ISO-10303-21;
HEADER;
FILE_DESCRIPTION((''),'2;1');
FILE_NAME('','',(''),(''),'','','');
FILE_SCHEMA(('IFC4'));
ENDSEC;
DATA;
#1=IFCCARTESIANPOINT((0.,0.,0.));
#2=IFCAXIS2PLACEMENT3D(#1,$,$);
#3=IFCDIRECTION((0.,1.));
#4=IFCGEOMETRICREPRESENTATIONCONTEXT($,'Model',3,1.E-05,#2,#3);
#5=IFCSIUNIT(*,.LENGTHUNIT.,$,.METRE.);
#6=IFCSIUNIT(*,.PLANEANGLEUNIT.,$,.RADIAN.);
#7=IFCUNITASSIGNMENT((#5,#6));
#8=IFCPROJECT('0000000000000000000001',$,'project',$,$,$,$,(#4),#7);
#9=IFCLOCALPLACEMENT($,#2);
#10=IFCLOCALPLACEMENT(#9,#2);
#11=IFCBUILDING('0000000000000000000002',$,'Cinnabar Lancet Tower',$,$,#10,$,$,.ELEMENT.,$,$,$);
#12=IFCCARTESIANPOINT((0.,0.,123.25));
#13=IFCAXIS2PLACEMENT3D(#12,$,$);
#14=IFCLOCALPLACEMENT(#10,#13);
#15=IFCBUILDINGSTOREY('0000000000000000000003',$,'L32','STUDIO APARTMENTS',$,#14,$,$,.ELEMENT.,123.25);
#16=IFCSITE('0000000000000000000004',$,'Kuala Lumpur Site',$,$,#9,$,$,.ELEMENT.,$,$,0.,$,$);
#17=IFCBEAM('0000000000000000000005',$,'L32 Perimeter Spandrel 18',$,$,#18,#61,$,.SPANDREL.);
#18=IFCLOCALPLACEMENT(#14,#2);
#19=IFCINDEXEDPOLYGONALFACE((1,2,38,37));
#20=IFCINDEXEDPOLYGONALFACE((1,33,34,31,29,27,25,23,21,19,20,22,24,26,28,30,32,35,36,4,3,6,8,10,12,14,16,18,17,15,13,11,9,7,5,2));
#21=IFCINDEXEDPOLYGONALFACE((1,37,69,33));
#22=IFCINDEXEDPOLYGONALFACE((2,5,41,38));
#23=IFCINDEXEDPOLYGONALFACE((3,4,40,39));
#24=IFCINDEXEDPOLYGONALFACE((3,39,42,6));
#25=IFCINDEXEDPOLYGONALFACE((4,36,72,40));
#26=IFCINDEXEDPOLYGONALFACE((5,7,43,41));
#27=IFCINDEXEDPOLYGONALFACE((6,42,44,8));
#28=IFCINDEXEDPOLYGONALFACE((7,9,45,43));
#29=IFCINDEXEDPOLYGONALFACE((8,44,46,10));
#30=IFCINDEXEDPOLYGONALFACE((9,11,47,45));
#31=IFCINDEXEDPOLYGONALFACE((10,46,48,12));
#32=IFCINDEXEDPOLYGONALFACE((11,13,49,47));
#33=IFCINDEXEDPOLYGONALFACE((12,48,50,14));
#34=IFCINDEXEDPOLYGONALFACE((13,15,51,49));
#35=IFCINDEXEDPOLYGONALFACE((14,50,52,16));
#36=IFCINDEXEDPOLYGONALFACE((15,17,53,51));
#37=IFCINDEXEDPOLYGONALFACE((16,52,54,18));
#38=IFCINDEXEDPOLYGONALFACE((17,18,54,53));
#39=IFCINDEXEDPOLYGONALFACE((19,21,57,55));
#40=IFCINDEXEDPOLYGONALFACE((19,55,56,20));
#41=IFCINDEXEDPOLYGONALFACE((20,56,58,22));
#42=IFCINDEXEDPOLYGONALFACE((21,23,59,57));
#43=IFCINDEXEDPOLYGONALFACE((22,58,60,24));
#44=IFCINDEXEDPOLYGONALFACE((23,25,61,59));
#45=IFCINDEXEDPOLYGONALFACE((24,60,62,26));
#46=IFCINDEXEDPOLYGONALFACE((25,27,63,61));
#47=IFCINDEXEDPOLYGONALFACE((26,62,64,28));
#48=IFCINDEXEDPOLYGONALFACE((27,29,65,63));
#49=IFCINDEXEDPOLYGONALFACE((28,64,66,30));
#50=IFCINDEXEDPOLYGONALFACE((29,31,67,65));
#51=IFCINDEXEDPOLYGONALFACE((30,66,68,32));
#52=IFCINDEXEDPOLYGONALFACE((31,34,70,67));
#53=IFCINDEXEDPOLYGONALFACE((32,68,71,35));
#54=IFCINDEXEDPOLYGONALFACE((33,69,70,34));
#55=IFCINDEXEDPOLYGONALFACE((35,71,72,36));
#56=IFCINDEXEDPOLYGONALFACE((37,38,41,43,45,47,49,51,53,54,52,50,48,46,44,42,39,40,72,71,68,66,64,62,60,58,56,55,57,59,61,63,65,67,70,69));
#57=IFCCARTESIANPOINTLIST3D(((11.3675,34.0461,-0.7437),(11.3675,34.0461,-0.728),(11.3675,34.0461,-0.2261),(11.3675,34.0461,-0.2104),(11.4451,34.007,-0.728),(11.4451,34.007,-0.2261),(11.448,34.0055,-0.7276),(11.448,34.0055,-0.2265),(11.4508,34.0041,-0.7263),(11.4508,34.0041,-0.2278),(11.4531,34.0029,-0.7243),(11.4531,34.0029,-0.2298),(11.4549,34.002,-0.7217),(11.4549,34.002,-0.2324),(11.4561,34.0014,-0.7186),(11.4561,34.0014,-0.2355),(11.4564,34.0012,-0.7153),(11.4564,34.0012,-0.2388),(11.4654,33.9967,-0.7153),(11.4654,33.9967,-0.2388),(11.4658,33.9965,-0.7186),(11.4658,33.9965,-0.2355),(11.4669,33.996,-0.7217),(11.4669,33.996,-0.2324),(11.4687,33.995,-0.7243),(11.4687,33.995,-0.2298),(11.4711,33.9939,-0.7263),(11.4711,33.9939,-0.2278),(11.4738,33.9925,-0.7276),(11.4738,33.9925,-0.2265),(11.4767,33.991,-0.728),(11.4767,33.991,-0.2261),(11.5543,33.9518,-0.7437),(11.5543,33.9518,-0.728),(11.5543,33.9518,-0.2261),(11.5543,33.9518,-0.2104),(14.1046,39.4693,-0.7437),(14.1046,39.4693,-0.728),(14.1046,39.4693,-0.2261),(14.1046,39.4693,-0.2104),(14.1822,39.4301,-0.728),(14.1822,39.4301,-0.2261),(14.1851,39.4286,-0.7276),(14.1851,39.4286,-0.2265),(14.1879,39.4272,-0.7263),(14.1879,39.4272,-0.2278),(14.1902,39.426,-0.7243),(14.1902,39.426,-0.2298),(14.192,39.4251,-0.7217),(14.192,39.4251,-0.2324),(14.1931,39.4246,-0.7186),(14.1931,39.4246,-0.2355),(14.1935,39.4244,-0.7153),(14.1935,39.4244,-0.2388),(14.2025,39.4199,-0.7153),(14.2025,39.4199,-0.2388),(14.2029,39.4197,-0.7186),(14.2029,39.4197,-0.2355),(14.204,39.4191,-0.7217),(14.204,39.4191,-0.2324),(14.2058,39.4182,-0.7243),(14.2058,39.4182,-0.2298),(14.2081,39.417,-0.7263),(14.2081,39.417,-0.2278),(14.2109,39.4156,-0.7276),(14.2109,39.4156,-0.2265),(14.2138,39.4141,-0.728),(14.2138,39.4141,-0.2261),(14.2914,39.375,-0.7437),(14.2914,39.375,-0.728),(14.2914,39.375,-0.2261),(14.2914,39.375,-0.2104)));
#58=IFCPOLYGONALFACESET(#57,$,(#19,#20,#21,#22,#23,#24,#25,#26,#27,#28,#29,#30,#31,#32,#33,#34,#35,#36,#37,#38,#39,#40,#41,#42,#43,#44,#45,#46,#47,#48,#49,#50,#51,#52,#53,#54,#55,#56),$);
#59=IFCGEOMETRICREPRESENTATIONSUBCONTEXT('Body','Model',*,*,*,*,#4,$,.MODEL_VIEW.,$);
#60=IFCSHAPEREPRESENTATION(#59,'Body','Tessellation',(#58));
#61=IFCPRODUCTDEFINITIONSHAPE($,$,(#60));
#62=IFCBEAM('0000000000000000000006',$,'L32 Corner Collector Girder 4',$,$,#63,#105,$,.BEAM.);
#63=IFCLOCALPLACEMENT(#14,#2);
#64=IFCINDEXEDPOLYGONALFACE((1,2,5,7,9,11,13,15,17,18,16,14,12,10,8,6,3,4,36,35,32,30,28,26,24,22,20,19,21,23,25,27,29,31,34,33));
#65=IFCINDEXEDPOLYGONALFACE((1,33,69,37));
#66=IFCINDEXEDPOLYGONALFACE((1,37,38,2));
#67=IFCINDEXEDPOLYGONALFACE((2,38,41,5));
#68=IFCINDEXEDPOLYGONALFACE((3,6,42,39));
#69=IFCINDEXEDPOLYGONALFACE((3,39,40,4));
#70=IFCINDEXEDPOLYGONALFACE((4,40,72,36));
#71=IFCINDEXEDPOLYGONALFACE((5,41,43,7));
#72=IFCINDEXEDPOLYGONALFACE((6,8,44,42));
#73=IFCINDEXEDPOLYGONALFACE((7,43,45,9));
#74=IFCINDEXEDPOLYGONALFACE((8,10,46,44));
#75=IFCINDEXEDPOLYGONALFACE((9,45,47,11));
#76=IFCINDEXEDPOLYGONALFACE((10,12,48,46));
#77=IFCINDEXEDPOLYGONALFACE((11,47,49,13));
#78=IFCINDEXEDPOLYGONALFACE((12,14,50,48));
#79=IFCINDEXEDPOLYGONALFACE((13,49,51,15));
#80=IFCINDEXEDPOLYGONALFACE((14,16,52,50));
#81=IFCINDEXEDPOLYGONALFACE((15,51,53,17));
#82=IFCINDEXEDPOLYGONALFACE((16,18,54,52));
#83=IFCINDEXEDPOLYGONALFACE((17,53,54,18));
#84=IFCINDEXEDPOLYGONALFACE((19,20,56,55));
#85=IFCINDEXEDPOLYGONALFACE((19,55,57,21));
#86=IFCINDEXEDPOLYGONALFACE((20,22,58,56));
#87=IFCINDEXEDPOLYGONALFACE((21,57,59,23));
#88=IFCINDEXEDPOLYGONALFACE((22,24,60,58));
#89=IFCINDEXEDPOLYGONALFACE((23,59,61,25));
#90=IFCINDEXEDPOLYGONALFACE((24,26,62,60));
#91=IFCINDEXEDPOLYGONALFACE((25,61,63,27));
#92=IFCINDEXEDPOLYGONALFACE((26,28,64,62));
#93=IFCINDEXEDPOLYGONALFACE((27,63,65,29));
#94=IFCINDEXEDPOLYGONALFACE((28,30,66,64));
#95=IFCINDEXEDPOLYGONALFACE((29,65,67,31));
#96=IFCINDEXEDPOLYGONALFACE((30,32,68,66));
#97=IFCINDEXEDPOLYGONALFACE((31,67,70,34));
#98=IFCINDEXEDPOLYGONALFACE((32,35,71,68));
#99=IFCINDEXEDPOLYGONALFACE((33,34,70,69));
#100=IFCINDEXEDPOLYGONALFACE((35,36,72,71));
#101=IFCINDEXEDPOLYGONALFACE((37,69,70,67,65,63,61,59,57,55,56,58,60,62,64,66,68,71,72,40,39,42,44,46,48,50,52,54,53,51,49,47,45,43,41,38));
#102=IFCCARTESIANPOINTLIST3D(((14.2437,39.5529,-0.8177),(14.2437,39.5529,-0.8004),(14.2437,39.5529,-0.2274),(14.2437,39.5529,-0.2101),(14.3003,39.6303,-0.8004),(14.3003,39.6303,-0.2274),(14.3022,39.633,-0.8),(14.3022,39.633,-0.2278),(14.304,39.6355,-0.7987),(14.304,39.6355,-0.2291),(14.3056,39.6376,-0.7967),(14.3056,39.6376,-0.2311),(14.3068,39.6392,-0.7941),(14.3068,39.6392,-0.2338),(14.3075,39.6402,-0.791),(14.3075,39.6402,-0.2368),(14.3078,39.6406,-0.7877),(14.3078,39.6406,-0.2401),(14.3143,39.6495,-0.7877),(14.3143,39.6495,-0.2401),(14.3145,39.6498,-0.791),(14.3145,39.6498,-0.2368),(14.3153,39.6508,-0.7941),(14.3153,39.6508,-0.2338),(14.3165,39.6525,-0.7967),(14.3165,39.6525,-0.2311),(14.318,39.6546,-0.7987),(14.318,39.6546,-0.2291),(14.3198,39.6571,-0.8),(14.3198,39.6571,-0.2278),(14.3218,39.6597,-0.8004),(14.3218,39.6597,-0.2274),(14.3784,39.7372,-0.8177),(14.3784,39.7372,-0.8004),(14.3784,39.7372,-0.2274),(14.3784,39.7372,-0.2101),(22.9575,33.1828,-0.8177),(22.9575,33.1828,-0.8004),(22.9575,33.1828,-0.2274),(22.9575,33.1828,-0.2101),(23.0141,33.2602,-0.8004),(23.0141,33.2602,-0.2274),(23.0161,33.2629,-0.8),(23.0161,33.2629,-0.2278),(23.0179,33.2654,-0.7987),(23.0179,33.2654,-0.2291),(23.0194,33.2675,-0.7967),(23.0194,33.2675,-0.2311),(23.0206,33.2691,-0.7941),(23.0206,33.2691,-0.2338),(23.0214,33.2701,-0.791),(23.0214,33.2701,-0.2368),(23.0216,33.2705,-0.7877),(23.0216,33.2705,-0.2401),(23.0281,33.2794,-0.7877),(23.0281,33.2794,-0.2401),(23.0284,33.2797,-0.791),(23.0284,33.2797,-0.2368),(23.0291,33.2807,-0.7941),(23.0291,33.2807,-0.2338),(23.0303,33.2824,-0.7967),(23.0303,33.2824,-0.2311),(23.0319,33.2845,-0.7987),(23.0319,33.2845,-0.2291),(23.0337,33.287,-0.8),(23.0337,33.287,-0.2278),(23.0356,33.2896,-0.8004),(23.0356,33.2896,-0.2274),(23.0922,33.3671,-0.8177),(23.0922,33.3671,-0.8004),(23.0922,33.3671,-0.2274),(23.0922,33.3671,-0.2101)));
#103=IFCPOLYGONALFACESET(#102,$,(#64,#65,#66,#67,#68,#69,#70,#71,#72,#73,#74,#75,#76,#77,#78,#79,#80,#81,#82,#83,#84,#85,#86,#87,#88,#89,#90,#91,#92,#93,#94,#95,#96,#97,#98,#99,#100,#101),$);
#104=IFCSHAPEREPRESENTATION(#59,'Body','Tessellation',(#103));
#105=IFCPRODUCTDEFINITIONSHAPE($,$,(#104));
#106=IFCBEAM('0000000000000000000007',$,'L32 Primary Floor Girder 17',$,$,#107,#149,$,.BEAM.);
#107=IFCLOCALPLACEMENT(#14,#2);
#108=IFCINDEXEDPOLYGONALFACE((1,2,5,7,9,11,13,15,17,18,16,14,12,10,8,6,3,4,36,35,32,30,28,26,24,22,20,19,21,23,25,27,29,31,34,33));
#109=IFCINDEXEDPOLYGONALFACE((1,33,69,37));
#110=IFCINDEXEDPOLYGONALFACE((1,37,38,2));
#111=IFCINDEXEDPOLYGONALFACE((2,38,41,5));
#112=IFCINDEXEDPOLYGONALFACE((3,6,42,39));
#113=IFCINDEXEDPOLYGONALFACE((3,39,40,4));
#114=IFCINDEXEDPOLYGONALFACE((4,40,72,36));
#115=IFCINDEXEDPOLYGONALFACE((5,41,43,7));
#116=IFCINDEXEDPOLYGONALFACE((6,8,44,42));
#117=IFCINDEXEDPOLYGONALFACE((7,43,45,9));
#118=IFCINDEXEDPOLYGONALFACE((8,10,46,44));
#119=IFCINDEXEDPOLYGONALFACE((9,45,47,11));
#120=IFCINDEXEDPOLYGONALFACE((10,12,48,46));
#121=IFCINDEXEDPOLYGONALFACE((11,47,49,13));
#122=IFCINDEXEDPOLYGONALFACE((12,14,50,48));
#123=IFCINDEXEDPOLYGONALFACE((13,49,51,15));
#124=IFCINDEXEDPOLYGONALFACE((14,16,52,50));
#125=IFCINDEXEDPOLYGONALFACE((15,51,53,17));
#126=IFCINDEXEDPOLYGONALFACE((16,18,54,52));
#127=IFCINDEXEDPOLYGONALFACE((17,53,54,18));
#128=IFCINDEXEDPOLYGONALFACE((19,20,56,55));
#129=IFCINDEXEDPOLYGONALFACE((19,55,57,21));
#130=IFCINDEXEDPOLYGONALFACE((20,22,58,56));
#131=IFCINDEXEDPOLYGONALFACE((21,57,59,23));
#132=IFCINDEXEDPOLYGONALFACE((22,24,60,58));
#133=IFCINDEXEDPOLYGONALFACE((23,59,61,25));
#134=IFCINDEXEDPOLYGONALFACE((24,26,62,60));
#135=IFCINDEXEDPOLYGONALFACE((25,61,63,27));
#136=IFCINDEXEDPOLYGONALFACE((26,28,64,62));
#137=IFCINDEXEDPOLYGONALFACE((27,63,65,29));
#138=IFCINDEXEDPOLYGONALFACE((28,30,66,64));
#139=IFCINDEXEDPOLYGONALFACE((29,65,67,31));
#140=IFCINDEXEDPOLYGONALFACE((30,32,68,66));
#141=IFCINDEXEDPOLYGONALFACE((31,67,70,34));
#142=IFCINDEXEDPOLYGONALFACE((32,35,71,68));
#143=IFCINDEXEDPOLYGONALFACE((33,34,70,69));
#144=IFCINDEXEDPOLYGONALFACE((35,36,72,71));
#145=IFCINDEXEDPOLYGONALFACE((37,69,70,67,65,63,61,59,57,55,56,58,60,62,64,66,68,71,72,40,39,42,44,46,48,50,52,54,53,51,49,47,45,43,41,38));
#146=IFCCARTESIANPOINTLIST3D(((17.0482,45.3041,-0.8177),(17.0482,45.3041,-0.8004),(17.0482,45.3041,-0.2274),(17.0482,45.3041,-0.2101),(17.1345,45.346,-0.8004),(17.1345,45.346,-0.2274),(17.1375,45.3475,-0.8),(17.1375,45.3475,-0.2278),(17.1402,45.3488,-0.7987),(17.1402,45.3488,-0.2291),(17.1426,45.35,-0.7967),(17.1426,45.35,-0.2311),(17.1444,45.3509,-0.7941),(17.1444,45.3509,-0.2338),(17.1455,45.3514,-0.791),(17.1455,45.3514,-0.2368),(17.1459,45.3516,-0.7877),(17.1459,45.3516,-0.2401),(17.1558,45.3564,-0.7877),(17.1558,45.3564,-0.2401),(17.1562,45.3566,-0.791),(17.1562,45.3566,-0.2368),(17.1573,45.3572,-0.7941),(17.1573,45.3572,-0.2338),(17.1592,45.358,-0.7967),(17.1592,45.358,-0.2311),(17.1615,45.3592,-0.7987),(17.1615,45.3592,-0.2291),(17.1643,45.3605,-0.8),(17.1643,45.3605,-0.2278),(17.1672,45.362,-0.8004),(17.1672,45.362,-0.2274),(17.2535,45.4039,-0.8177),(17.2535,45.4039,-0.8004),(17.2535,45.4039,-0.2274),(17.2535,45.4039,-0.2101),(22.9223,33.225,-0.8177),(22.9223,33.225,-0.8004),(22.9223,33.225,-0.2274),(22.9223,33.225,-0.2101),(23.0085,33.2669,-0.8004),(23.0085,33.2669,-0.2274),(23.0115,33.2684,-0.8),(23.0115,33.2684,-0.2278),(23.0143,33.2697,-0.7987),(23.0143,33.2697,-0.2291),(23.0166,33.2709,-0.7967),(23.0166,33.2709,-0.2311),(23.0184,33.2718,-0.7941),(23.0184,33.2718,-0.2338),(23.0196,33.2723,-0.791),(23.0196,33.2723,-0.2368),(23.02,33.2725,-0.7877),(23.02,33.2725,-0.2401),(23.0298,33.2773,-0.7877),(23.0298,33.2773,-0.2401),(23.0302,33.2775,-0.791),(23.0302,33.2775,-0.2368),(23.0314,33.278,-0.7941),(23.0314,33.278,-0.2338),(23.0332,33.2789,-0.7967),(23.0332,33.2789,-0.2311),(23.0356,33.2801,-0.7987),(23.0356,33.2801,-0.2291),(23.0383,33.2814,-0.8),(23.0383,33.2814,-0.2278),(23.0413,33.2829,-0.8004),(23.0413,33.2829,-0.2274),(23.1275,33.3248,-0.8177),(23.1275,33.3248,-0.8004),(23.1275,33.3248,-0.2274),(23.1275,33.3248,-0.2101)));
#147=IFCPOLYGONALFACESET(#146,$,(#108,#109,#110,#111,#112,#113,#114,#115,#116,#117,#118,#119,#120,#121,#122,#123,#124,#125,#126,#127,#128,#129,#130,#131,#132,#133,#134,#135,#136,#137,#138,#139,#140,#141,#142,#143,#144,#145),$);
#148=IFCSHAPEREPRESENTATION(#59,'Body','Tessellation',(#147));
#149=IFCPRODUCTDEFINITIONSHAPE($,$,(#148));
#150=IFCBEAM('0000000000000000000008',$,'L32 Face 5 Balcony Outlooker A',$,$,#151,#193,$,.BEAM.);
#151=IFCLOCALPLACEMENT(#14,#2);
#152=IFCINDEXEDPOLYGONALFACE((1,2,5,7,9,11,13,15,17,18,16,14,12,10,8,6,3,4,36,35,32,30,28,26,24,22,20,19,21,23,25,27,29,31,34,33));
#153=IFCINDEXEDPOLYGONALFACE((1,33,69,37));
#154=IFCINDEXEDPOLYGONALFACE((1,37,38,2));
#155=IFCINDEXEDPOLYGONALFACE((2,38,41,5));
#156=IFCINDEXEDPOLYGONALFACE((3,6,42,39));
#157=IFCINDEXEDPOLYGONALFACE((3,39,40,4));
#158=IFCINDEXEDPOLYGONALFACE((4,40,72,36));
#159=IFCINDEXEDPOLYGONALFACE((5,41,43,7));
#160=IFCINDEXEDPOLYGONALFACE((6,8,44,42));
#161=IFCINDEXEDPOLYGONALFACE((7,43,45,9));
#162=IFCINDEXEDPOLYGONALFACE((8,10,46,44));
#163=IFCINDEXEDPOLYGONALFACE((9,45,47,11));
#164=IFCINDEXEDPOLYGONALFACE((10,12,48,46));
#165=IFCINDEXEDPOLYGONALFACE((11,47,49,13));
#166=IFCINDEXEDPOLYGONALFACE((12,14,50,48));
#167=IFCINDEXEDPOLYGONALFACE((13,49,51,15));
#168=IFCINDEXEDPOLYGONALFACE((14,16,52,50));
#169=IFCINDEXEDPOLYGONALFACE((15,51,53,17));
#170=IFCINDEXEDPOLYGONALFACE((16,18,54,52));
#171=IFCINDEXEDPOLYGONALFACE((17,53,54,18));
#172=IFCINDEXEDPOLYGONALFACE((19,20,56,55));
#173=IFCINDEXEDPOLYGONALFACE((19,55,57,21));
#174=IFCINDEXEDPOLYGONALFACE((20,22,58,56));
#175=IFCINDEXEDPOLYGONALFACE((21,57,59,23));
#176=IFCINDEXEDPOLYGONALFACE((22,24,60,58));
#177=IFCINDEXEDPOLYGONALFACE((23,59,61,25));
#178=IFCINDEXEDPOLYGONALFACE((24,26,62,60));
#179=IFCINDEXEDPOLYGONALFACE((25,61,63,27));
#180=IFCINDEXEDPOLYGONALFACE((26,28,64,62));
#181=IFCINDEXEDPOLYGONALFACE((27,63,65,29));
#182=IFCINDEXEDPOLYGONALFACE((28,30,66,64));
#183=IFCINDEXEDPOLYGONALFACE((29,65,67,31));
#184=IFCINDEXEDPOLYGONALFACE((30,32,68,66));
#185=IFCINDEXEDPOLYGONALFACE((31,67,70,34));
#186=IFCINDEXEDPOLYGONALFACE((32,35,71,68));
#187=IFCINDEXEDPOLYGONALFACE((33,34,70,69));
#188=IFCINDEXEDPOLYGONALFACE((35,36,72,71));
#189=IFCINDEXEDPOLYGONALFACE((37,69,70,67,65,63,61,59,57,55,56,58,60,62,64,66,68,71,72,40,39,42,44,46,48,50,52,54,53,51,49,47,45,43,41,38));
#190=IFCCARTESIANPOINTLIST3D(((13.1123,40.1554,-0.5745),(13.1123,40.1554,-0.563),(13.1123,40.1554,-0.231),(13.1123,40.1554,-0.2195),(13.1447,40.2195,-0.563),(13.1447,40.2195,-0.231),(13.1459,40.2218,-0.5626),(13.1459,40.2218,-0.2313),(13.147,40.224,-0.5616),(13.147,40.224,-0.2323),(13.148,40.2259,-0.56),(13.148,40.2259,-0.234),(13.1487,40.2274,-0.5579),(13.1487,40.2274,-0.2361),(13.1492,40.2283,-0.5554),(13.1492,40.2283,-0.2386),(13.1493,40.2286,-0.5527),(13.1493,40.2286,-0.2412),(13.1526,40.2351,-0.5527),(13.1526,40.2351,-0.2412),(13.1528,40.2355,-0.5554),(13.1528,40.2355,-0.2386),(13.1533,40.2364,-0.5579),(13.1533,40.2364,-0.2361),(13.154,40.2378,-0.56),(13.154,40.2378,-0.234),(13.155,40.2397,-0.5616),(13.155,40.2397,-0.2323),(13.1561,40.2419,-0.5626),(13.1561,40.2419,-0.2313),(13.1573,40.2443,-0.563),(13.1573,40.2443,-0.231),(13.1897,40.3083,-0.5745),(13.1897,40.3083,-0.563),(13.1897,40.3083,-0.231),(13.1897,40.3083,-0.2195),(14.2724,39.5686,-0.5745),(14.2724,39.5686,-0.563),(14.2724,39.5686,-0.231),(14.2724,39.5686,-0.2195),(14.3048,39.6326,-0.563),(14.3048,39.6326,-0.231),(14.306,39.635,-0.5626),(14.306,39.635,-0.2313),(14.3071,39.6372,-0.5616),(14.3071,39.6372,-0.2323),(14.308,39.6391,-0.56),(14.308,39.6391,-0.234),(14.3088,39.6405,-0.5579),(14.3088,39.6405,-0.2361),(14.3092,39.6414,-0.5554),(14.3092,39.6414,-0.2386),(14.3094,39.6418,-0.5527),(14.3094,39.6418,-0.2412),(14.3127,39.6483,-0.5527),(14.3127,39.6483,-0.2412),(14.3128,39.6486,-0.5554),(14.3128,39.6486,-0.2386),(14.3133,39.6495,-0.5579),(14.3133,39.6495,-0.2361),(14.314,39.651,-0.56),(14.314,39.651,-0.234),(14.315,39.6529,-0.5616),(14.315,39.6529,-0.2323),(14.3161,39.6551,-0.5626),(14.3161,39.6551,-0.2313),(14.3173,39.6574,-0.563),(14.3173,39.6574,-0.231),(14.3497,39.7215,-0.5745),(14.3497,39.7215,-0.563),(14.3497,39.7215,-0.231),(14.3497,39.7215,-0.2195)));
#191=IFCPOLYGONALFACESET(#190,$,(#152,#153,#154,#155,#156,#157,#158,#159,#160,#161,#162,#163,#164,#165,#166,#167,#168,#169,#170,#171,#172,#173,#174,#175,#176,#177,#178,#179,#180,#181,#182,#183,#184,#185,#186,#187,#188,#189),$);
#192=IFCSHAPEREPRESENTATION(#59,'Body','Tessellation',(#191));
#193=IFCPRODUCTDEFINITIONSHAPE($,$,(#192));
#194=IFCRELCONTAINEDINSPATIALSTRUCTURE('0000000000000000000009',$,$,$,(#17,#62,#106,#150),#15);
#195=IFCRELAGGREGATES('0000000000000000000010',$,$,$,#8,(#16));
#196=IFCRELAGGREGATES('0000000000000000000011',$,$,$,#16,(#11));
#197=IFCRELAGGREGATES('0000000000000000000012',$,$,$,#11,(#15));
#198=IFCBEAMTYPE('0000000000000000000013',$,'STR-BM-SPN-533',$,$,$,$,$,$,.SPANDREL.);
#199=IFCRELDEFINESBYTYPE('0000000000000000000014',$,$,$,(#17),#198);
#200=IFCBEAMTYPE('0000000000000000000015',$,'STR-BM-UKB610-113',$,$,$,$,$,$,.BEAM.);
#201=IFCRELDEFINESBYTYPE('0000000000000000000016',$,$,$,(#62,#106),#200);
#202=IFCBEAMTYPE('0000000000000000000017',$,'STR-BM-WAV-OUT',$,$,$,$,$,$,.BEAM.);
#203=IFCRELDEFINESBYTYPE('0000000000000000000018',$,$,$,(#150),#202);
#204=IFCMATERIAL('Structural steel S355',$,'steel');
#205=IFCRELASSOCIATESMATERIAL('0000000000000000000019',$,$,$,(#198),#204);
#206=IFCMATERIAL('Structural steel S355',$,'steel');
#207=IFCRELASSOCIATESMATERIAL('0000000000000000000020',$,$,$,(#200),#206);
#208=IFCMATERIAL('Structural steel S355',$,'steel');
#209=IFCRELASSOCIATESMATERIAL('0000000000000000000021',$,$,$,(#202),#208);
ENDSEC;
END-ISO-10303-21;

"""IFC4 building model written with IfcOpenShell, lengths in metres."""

from ifc_helpers import new_model, si_unit, direction, frame, origin, origin_2d, place, context, subcontext, project, spatial, i_section, extrude, material, material_profile, profile_set, type_object, element, save


model = new_model("IFC4")

# Units and contexts
model_context = context("Model", 3, precision=1e-05, world=origin(), true_north=direction((0.0, 1.0)))
body_context = subcontext(model_context, "Body", "Model", "MODEL_VIEW")
ifc_project = project(units=[si_unit("LENGTHUNIT", "METRE"), si_unit("PLANEANGLEUNIT", "RADIAN")], contexts=[model_context])

# Site, building, storey
site_placement = place(None, origin())
site = spatial("IfcSite", under=ifc_project, at=site_placement, Name="Kuala Lumpur Site", CompositionType="ELEMENT", RefElevation=0.0)
building_placement = place(site_placement, origin())
building = spatial("IfcBuilding", under=site, at=building_placement, Name="Cinnabar Lancet Tower", CompositionType="ELEMENT")
storey_placement = place(building_placement, frame((0.0, 0.0, 123.25)))
storey = spatial("IfcBuildingStorey", under=building, at=storey_placement, Name="L32", Description="STUDIO APARTMENTS", CompositionType="ELEMENT", Elevation=123.25)

# Beams
ifc_material_1 = material(Name="Structural steel S355", Category="steel")
ifc_material_profile_1 = material_profile(ifc_material_1, i_section(OverallWidth=0.2092, OverallDepth=0.5332, WebThickness=0.01, FlangeThickness=0.0156, FilletRadius=0.0127, at=origin_2d()), Name="UKB 533x210x92")
ifc_profile_set_1 = profile_set([ifc_material_profile_1], Name="Structural steel S355")
beam_type_1 = type_object("IfcBeamType", Name="STR-BM-SPN-533", PredefinedType="SPANDREL", material=ifc_profile_set_1)
beam_1_placement = place(storey_placement, frame((14.198, 39.4221, -0.4771), z_axis=(-0.45057, -0.892741, 0.0), x_axis=(0.892741, -0.45057, 0.0)))
element("IfcBeam", 1, at=beam_1_placement, inside=storey, type_object=beam_type_1, Name="L32 Perimeter Spandrel 18", PredefinedType="SPANDREL", context=body_context, shape_type="SweptSolid", body=[
    extrude(i_section(OverallWidth=0.2092, OverallDepth=0.5332, WebThickness=0.01, FlangeThickness=0.0156, FilletRadius=0.0127, at=origin_2d()), origin(), (0.0, 0.0, 1.0), 6.0747),
])
ifc_material_2 = material(Name="Structural steel S355", Category="steel")
ifc_material_profile_2 = material_profile(ifc_material_2, i_section(OverallWidth=0.2283, OverallDepth=0.6077, WebThickness=0.011, FlangeThickness=0.0173, FilletRadius=0.0127, at=origin_2d()), Name="UKB 610x229x113")
ifc_profile_set_2 = profile_set([ifc_material_profile_2], Name="Structural steel S355")
beam_type_2 = type_object("IfcBeamType", Name="STR-BM-UKB610-113", PredefinedType="BEAM", material=ifc_profile_set_2)
beam_2_placement = place(storey_placement, frame((14.311, 39.645, -0.5139), z_axis=(0.80729, -0.590155, 0.0), x_axis=(0.590155, 0.80729, 0.0)))
element("IfcBeam", 2, at=beam_2_placement, inside=storey, type_object=beam_type_2, Name="L32 Corner Collector Girder 4", PredefinedType="BEAM", context=body_context, shape_type="SweptSolid", body=[
    extrude(i_section(OverallWidth=0.2283, OverallDepth=0.6077, WebThickness=0.011, FlangeThickness=0.0173, FilletRadius=0.0127, at=origin_2d()), origin(), (0.0, 0.0, 1.0), 10.7939),
])
beam_3_placement = place(storey_placement, frame((17.1509, 45.354, -0.5139), z_axis=(0.437327, -0.899302, 0.0), x_axis=(0.899302, 0.437327, 0.0)))
element("IfcBeam", 3, at=beam_3_placement, inside=storey, type_object=beam_type_2, Name="L32 Primary Floor Girder 17", PredefinedType="BEAM", context=body_context, shape_type="SweptSolid", body=[
    extrude(i_section(OverallWidth=0.2283, OverallDepth=0.6077, WebThickness=0.011, FlangeThickness=0.0173, FilletRadius=0.0127, at=origin_2d()), origin(), (0.0, 0.0, 1.0), 13.4316),
])
ifc_material_3 = material(Name="Structural steel S355", Category="steel")
ifc_material_profile_3 = material_profile(ifc_material_3, i_section(OverallWidth=0.1714, OverallDepth=0.355, WebThickness=0.0073, FlangeThickness=0.0115, FilletRadius=0.0103, at=origin_2d()), Name="UKB 356x171x51")
ifc_profile_set_3 = profile_set([ifc_material_profile_3], Name="Structural steel S355")
beam_type_3 = type_object("IfcBeamType", Name="STR-BM-WAV-OUT", PredefinedType="BEAM", material=ifc_profile_set_3)
beam_4_placement = place(storey_placement, frame((14.311, 39.645, -0.397), z_axis=(-0.892314, 0.451415, 0.0), x_axis=(-0.451415, -0.892314, 0.0)))
element("IfcBeam", 4, at=beam_4_placement, inside=storey, type_object=beam_type_3, Name="L32 Face 5 Balcony Outlooker A", PredefinedType="BEAM", context=body_context, shape_type="SweptSolid", body=[
    extrude(i_section(OverallWidth=0.1714, OverallDepth=0.355, WebThickness=0.0073, FlangeThickness=0.0115, FilletRadius=0.0103, at=origin_2d()), origin(), (0.0, 0.0, 1.0), 1.3),
])

save(model, "model.ifc")
